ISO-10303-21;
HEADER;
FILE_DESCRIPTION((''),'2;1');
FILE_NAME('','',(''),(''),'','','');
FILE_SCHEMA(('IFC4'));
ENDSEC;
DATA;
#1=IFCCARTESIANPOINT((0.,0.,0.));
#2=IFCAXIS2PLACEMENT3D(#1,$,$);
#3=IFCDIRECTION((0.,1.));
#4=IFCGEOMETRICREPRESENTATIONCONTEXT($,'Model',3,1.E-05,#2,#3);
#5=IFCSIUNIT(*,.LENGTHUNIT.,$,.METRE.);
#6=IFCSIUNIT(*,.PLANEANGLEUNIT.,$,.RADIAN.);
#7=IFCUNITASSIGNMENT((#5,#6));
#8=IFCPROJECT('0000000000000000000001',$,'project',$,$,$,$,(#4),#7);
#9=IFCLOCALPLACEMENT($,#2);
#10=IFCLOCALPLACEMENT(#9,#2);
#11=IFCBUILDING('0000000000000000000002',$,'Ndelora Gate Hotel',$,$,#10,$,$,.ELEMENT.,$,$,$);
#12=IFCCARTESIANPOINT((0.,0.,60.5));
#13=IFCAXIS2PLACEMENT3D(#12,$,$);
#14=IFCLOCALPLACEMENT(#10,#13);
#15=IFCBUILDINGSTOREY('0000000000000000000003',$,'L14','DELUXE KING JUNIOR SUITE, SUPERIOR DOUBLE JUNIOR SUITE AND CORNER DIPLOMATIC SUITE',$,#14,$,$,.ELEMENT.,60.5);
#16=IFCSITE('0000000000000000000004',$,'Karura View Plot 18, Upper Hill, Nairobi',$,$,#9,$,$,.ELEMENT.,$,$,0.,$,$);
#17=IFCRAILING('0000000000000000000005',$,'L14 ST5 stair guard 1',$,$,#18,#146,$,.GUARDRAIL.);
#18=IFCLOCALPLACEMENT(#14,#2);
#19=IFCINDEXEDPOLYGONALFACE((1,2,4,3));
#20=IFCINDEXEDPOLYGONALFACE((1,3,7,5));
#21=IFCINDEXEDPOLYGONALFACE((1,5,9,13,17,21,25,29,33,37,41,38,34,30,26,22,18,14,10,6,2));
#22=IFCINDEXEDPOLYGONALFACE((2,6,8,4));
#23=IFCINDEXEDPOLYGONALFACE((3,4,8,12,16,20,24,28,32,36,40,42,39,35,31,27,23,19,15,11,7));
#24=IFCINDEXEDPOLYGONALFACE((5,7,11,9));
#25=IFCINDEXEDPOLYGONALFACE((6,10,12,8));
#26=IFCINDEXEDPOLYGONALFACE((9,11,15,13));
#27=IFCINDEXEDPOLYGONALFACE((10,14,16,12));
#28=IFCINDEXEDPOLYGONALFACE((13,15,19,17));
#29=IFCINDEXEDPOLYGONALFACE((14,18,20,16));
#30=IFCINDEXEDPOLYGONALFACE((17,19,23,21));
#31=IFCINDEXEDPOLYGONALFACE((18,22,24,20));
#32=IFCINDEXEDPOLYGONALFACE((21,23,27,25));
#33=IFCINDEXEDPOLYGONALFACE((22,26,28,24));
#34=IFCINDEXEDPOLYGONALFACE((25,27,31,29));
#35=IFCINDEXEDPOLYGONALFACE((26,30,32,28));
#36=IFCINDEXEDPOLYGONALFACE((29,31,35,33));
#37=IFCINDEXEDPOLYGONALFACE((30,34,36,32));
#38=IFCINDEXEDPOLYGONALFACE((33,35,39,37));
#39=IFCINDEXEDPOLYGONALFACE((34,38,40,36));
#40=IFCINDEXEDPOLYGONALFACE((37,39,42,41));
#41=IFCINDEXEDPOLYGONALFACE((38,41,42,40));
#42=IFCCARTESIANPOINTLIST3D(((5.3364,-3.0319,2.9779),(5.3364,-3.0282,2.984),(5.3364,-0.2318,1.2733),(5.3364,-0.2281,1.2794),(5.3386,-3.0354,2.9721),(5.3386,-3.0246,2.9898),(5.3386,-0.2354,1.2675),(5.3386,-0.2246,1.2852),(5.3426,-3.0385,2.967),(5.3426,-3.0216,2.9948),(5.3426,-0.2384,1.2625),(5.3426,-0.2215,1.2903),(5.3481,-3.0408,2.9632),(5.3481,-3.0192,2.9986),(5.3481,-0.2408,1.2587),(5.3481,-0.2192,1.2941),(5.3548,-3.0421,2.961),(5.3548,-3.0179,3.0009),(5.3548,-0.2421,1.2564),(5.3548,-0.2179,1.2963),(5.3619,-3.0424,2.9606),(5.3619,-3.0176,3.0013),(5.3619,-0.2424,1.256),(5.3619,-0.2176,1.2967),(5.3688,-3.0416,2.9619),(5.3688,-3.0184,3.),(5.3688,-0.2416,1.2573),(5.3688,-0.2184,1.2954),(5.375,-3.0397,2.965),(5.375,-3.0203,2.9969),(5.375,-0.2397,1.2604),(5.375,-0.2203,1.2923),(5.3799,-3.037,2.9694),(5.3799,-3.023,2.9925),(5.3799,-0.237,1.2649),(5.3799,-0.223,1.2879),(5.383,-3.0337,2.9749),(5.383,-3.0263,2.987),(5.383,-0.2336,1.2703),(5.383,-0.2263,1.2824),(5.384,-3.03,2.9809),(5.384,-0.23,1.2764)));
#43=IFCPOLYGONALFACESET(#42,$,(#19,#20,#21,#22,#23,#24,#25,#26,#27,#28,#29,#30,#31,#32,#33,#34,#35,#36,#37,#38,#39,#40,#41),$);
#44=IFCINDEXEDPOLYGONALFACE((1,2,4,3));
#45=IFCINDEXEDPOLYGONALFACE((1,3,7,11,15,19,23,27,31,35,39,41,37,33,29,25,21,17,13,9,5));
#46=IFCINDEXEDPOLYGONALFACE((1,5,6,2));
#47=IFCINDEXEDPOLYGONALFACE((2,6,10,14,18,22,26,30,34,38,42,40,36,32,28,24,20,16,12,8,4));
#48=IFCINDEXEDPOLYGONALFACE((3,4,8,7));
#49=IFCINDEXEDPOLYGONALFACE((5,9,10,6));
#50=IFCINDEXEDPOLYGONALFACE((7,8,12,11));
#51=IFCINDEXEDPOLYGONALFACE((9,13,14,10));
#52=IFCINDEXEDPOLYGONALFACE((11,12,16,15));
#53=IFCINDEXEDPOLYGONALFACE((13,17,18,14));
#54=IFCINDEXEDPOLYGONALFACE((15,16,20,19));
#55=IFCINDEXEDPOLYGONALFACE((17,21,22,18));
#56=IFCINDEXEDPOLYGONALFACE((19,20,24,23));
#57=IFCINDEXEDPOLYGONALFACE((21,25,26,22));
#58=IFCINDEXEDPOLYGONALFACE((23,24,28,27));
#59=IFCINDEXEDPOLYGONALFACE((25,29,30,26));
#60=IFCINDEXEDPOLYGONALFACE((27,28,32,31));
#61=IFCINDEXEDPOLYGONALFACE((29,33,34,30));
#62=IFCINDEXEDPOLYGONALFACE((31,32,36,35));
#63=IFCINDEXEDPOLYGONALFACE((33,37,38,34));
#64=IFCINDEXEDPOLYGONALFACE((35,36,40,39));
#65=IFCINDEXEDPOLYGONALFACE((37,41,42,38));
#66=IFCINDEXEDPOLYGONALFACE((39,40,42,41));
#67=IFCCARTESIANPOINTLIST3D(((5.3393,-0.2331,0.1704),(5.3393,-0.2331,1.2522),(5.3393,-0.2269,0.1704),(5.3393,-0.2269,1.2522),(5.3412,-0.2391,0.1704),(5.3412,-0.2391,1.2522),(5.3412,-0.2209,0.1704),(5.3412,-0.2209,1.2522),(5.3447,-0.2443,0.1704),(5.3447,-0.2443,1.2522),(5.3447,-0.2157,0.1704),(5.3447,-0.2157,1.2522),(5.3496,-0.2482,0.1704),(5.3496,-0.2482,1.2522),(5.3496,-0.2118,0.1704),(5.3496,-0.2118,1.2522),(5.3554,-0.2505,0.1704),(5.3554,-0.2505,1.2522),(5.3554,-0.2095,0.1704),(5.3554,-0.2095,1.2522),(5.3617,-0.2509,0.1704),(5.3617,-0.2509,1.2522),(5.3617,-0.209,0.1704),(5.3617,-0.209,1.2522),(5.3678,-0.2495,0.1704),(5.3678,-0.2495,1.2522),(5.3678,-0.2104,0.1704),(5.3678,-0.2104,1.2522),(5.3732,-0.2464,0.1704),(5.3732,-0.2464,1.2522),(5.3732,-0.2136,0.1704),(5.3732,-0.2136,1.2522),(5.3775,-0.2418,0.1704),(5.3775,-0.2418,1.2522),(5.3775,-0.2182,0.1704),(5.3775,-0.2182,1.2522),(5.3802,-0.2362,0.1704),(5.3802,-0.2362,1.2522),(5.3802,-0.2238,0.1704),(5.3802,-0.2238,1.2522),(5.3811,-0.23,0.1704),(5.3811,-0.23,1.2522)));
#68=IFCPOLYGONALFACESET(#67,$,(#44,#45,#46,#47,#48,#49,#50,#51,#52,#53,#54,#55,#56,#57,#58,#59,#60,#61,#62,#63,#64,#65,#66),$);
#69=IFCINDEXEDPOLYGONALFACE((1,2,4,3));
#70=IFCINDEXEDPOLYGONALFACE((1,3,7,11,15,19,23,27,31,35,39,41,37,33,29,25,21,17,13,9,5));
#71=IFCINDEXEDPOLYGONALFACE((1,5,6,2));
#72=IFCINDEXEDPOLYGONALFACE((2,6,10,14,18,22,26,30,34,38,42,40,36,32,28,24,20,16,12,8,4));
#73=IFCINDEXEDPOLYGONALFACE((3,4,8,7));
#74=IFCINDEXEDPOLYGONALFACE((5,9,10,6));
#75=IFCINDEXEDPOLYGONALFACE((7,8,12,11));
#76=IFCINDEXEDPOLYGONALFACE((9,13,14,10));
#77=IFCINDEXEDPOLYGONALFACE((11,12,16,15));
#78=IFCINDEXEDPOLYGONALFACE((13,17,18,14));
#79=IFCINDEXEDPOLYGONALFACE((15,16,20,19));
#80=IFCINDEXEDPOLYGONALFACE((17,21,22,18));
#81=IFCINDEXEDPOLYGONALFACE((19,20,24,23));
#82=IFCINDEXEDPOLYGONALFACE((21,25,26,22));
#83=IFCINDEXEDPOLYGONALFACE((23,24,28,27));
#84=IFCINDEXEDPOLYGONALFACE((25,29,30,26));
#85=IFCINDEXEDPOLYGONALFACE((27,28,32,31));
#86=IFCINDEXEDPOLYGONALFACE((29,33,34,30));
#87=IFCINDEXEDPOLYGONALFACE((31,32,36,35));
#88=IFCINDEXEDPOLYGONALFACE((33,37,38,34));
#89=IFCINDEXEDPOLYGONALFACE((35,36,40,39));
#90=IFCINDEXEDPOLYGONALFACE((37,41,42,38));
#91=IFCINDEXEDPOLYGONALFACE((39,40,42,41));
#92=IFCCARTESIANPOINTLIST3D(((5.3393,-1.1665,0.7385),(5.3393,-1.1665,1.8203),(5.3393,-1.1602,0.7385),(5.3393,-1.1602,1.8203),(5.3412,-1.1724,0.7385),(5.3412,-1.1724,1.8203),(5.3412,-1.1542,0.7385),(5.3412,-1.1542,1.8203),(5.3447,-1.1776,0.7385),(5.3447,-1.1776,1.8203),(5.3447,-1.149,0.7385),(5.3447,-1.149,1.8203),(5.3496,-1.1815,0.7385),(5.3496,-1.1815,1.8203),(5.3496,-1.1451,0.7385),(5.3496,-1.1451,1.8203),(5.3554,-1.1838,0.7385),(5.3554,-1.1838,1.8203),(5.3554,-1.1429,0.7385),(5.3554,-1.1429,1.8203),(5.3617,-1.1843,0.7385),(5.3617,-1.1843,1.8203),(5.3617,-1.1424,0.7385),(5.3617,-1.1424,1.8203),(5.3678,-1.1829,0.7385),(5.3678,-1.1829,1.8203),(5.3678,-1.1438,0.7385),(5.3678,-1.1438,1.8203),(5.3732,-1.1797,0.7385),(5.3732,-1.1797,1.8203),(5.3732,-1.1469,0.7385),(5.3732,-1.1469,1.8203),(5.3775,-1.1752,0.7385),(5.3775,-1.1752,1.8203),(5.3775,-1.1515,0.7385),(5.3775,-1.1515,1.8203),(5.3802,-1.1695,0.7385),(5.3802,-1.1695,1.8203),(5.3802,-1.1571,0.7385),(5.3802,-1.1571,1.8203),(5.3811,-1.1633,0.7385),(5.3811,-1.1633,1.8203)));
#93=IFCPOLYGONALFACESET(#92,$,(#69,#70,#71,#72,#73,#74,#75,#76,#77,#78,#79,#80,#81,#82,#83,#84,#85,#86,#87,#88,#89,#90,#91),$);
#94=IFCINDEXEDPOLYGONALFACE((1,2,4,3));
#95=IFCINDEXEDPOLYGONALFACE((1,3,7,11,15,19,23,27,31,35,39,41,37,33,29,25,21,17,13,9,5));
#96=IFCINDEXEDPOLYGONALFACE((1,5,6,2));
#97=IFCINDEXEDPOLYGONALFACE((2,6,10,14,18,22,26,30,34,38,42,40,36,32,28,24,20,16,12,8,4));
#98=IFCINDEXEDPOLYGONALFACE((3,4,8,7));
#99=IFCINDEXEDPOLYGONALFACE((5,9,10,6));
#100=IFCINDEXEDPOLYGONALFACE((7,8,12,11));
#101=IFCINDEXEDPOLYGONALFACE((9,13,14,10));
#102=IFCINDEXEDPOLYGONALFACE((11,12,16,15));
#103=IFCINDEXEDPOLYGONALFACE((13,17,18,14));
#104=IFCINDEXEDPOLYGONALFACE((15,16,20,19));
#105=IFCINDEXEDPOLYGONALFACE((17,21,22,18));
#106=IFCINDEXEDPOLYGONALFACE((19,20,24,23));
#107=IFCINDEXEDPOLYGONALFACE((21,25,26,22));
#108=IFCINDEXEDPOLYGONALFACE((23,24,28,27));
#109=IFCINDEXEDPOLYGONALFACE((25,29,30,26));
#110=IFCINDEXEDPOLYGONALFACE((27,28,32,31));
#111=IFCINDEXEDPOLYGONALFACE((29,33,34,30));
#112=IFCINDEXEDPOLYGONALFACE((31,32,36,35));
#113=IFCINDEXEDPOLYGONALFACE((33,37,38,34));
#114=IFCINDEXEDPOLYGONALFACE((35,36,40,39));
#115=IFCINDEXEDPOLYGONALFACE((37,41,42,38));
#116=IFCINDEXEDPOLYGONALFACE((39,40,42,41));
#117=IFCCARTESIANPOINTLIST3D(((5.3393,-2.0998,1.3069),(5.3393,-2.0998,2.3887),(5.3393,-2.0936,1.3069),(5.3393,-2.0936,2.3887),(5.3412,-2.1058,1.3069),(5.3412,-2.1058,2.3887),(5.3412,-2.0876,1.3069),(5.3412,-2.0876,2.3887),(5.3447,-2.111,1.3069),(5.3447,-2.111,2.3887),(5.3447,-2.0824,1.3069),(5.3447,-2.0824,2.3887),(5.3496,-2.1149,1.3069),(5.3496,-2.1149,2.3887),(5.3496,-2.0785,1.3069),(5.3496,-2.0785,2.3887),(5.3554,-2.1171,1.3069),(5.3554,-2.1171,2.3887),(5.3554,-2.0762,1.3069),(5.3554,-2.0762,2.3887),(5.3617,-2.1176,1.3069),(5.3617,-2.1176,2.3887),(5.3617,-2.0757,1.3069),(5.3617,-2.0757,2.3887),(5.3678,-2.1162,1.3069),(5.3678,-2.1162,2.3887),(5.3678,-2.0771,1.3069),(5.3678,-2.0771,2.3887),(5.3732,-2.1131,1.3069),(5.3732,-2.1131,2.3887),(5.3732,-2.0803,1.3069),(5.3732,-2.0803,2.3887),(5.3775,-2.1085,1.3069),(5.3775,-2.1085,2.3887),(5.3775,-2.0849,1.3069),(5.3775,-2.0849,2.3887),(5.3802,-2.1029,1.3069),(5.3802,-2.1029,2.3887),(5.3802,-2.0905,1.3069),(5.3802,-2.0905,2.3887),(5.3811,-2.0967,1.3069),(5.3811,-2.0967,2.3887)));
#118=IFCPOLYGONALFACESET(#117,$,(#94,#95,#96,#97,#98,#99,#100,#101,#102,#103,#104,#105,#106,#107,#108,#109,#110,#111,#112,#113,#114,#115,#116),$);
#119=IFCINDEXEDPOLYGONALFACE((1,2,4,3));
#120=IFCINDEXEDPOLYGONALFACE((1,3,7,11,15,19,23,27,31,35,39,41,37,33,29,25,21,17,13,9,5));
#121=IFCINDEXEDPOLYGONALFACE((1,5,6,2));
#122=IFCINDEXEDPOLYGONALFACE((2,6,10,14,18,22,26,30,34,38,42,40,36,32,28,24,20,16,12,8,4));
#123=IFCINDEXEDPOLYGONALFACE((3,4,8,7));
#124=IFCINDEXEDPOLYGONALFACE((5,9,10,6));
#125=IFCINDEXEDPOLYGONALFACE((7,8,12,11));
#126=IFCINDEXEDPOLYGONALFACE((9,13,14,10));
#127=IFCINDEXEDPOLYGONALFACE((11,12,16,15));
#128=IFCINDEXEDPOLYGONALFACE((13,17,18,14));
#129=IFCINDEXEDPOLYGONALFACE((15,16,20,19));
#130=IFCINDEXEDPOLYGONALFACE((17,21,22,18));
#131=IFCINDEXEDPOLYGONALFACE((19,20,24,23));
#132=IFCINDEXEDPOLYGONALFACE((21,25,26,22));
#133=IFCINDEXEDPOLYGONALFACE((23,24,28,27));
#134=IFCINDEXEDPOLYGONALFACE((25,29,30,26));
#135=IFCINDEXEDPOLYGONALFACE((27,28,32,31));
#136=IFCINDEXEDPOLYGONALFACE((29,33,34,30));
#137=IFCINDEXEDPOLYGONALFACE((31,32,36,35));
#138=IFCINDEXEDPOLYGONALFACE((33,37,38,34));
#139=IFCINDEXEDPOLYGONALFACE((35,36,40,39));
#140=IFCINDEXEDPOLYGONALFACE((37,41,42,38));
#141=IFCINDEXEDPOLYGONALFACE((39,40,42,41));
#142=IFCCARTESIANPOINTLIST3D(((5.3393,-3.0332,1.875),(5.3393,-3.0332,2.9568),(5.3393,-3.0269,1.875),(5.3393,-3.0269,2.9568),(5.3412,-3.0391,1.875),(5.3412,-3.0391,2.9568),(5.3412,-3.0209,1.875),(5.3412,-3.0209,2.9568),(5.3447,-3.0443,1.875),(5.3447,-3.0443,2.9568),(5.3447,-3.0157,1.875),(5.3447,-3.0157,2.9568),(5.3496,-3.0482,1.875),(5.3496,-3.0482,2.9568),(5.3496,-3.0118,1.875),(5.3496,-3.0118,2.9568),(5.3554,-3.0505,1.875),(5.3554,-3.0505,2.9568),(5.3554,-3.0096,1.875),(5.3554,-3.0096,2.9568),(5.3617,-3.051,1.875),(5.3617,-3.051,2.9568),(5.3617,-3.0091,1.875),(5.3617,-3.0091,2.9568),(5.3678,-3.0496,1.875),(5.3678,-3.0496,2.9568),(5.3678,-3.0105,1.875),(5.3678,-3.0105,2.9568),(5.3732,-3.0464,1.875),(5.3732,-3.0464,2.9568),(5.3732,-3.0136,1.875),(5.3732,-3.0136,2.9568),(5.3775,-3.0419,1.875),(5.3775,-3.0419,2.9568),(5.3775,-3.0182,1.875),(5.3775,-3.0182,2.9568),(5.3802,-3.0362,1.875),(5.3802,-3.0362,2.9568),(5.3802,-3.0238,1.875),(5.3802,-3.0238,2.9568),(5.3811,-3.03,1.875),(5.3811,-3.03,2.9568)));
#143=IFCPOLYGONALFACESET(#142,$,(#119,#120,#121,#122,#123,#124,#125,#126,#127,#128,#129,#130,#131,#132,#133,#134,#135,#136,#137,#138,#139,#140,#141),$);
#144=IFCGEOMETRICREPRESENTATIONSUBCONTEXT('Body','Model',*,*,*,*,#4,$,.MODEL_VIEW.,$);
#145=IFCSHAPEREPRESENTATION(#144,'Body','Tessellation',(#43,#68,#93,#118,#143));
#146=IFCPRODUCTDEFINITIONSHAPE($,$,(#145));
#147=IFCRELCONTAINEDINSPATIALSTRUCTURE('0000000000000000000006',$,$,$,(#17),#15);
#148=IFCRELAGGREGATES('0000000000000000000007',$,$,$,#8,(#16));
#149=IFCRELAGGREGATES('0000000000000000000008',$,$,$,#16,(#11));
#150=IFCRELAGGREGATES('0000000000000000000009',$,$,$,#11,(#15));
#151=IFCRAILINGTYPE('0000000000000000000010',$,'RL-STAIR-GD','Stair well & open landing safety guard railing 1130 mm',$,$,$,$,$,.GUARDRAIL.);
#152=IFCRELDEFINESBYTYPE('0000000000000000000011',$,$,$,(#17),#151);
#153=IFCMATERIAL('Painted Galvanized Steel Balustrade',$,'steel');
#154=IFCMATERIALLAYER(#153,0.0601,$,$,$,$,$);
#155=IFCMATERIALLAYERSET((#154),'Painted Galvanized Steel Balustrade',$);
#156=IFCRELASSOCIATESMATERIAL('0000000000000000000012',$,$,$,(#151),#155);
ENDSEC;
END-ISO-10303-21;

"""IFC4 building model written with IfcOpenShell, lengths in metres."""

from ifc_helpers import new_model, si_unit, direction, frame, origin, origin_2d, place, context, subcontext, project, spatial, circle, extrude, material, layer, layer_set, type_object, element, save


model = new_model("IFC4")

# Units and contexts
model_context = context("Model", 3, precision=1e-05, world=origin(), true_north=direction((0.0, 1.0)))
body_context = subcontext(model_context, "Body", "Model", "MODEL_VIEW")
ifc_project = project(units=[si_unit("LENGTHUNIT", "METRE"), si_unit("PLANEANGLEUNIT", "RADIAN")], contexts=[model_context])

# Site, building, storey
site_placement = place(None, origin())
site = spatial("IfcSite", under=ifc_project, at=site_placement, Name="Karura View Plot 18, Upper Hill, Nairobi", CompositionType="ELEMENT", RefElevation=0.0)
building_placement = place(site_placement, origin())
building = spatial("IfcBuilding", under=site, at=building_placement, Name="Ndelora Gate Hotel", CompositionType="ELEMENT")
storey_placement = place(building_placement, frame((0.0, 0.0, 60.5)))
storey = spatial("IfcBuildingStorey", under=building, at=storey_placement, Name="L14", Description="DELUXE KING JUNIOR SUITE, SUPERIOR DOUBLE JUNIOR SUITE AND CORNER DIPLOMATIC SUITE", CompositionType="ELEMENT", Elevation=60.5)

# Railing
ifc_material_1 = material(Name="Painted Galvanized Steel Balustrade", Category="steel")
ifc_layer_1 = layer(ifc_material_1, 0.0601)
ifc_layer_set_1 = layer_set([ifc_layer_1], Name="Painted Galvanized Steel Balustrade")
railing_type_1 = type_object("IfcRailingType", Name="RL-STAIR-GD", Description="Stair well & open landing safety guard railing 1130 mm", PredefinedType="GUARDRAIL", material=ifc_layer_set_1)
railing_1_placement = place(storey_placement, frame((5.3601, -0.23, 0.1704)))
element("IfcRailing", 1, at=railing_1_placement, inside=storey, type_object=railing_type_1, Name="L14 ST5 stair guard 1", PredefinedType="GUARDRAIL", context=body_context, shape_type="SweptSolid", body=[
    extrude(circle(Radius=0.0239, at=origin_2d()), frame((0.0, 0.0, 1.106), z_axis=(0.0, -0.85417, 0.519994), x_axis=(1.0, 0.0, 0.0)), (0.0, 0.0, 1.0), 3.2781),
    extrude(circle(Radius=0.021, at=origin_2d()), origin(), (0.0, 0.0, 1.0), 1.0818),
    extrude(circle(Radius=0.021, at=origin_2d()), frame((0.0, -0.9333, 0.5681)), (0.0, 0.0, 1.0), 1.0818),
    extrude(circle(Radius=0.021, at=origin_2d()), frame((0.0, -1.8667, 1.1365)), (0.0, 0.0, 1.0), 1.0818),
    extrude(circle(Radius=0.021, at=origin_2d()), frame((0.0, -2.8, 1.7046)), (0.0, 0.0, 1.0), 1.0818),
])

save(model, "model.ifc")
